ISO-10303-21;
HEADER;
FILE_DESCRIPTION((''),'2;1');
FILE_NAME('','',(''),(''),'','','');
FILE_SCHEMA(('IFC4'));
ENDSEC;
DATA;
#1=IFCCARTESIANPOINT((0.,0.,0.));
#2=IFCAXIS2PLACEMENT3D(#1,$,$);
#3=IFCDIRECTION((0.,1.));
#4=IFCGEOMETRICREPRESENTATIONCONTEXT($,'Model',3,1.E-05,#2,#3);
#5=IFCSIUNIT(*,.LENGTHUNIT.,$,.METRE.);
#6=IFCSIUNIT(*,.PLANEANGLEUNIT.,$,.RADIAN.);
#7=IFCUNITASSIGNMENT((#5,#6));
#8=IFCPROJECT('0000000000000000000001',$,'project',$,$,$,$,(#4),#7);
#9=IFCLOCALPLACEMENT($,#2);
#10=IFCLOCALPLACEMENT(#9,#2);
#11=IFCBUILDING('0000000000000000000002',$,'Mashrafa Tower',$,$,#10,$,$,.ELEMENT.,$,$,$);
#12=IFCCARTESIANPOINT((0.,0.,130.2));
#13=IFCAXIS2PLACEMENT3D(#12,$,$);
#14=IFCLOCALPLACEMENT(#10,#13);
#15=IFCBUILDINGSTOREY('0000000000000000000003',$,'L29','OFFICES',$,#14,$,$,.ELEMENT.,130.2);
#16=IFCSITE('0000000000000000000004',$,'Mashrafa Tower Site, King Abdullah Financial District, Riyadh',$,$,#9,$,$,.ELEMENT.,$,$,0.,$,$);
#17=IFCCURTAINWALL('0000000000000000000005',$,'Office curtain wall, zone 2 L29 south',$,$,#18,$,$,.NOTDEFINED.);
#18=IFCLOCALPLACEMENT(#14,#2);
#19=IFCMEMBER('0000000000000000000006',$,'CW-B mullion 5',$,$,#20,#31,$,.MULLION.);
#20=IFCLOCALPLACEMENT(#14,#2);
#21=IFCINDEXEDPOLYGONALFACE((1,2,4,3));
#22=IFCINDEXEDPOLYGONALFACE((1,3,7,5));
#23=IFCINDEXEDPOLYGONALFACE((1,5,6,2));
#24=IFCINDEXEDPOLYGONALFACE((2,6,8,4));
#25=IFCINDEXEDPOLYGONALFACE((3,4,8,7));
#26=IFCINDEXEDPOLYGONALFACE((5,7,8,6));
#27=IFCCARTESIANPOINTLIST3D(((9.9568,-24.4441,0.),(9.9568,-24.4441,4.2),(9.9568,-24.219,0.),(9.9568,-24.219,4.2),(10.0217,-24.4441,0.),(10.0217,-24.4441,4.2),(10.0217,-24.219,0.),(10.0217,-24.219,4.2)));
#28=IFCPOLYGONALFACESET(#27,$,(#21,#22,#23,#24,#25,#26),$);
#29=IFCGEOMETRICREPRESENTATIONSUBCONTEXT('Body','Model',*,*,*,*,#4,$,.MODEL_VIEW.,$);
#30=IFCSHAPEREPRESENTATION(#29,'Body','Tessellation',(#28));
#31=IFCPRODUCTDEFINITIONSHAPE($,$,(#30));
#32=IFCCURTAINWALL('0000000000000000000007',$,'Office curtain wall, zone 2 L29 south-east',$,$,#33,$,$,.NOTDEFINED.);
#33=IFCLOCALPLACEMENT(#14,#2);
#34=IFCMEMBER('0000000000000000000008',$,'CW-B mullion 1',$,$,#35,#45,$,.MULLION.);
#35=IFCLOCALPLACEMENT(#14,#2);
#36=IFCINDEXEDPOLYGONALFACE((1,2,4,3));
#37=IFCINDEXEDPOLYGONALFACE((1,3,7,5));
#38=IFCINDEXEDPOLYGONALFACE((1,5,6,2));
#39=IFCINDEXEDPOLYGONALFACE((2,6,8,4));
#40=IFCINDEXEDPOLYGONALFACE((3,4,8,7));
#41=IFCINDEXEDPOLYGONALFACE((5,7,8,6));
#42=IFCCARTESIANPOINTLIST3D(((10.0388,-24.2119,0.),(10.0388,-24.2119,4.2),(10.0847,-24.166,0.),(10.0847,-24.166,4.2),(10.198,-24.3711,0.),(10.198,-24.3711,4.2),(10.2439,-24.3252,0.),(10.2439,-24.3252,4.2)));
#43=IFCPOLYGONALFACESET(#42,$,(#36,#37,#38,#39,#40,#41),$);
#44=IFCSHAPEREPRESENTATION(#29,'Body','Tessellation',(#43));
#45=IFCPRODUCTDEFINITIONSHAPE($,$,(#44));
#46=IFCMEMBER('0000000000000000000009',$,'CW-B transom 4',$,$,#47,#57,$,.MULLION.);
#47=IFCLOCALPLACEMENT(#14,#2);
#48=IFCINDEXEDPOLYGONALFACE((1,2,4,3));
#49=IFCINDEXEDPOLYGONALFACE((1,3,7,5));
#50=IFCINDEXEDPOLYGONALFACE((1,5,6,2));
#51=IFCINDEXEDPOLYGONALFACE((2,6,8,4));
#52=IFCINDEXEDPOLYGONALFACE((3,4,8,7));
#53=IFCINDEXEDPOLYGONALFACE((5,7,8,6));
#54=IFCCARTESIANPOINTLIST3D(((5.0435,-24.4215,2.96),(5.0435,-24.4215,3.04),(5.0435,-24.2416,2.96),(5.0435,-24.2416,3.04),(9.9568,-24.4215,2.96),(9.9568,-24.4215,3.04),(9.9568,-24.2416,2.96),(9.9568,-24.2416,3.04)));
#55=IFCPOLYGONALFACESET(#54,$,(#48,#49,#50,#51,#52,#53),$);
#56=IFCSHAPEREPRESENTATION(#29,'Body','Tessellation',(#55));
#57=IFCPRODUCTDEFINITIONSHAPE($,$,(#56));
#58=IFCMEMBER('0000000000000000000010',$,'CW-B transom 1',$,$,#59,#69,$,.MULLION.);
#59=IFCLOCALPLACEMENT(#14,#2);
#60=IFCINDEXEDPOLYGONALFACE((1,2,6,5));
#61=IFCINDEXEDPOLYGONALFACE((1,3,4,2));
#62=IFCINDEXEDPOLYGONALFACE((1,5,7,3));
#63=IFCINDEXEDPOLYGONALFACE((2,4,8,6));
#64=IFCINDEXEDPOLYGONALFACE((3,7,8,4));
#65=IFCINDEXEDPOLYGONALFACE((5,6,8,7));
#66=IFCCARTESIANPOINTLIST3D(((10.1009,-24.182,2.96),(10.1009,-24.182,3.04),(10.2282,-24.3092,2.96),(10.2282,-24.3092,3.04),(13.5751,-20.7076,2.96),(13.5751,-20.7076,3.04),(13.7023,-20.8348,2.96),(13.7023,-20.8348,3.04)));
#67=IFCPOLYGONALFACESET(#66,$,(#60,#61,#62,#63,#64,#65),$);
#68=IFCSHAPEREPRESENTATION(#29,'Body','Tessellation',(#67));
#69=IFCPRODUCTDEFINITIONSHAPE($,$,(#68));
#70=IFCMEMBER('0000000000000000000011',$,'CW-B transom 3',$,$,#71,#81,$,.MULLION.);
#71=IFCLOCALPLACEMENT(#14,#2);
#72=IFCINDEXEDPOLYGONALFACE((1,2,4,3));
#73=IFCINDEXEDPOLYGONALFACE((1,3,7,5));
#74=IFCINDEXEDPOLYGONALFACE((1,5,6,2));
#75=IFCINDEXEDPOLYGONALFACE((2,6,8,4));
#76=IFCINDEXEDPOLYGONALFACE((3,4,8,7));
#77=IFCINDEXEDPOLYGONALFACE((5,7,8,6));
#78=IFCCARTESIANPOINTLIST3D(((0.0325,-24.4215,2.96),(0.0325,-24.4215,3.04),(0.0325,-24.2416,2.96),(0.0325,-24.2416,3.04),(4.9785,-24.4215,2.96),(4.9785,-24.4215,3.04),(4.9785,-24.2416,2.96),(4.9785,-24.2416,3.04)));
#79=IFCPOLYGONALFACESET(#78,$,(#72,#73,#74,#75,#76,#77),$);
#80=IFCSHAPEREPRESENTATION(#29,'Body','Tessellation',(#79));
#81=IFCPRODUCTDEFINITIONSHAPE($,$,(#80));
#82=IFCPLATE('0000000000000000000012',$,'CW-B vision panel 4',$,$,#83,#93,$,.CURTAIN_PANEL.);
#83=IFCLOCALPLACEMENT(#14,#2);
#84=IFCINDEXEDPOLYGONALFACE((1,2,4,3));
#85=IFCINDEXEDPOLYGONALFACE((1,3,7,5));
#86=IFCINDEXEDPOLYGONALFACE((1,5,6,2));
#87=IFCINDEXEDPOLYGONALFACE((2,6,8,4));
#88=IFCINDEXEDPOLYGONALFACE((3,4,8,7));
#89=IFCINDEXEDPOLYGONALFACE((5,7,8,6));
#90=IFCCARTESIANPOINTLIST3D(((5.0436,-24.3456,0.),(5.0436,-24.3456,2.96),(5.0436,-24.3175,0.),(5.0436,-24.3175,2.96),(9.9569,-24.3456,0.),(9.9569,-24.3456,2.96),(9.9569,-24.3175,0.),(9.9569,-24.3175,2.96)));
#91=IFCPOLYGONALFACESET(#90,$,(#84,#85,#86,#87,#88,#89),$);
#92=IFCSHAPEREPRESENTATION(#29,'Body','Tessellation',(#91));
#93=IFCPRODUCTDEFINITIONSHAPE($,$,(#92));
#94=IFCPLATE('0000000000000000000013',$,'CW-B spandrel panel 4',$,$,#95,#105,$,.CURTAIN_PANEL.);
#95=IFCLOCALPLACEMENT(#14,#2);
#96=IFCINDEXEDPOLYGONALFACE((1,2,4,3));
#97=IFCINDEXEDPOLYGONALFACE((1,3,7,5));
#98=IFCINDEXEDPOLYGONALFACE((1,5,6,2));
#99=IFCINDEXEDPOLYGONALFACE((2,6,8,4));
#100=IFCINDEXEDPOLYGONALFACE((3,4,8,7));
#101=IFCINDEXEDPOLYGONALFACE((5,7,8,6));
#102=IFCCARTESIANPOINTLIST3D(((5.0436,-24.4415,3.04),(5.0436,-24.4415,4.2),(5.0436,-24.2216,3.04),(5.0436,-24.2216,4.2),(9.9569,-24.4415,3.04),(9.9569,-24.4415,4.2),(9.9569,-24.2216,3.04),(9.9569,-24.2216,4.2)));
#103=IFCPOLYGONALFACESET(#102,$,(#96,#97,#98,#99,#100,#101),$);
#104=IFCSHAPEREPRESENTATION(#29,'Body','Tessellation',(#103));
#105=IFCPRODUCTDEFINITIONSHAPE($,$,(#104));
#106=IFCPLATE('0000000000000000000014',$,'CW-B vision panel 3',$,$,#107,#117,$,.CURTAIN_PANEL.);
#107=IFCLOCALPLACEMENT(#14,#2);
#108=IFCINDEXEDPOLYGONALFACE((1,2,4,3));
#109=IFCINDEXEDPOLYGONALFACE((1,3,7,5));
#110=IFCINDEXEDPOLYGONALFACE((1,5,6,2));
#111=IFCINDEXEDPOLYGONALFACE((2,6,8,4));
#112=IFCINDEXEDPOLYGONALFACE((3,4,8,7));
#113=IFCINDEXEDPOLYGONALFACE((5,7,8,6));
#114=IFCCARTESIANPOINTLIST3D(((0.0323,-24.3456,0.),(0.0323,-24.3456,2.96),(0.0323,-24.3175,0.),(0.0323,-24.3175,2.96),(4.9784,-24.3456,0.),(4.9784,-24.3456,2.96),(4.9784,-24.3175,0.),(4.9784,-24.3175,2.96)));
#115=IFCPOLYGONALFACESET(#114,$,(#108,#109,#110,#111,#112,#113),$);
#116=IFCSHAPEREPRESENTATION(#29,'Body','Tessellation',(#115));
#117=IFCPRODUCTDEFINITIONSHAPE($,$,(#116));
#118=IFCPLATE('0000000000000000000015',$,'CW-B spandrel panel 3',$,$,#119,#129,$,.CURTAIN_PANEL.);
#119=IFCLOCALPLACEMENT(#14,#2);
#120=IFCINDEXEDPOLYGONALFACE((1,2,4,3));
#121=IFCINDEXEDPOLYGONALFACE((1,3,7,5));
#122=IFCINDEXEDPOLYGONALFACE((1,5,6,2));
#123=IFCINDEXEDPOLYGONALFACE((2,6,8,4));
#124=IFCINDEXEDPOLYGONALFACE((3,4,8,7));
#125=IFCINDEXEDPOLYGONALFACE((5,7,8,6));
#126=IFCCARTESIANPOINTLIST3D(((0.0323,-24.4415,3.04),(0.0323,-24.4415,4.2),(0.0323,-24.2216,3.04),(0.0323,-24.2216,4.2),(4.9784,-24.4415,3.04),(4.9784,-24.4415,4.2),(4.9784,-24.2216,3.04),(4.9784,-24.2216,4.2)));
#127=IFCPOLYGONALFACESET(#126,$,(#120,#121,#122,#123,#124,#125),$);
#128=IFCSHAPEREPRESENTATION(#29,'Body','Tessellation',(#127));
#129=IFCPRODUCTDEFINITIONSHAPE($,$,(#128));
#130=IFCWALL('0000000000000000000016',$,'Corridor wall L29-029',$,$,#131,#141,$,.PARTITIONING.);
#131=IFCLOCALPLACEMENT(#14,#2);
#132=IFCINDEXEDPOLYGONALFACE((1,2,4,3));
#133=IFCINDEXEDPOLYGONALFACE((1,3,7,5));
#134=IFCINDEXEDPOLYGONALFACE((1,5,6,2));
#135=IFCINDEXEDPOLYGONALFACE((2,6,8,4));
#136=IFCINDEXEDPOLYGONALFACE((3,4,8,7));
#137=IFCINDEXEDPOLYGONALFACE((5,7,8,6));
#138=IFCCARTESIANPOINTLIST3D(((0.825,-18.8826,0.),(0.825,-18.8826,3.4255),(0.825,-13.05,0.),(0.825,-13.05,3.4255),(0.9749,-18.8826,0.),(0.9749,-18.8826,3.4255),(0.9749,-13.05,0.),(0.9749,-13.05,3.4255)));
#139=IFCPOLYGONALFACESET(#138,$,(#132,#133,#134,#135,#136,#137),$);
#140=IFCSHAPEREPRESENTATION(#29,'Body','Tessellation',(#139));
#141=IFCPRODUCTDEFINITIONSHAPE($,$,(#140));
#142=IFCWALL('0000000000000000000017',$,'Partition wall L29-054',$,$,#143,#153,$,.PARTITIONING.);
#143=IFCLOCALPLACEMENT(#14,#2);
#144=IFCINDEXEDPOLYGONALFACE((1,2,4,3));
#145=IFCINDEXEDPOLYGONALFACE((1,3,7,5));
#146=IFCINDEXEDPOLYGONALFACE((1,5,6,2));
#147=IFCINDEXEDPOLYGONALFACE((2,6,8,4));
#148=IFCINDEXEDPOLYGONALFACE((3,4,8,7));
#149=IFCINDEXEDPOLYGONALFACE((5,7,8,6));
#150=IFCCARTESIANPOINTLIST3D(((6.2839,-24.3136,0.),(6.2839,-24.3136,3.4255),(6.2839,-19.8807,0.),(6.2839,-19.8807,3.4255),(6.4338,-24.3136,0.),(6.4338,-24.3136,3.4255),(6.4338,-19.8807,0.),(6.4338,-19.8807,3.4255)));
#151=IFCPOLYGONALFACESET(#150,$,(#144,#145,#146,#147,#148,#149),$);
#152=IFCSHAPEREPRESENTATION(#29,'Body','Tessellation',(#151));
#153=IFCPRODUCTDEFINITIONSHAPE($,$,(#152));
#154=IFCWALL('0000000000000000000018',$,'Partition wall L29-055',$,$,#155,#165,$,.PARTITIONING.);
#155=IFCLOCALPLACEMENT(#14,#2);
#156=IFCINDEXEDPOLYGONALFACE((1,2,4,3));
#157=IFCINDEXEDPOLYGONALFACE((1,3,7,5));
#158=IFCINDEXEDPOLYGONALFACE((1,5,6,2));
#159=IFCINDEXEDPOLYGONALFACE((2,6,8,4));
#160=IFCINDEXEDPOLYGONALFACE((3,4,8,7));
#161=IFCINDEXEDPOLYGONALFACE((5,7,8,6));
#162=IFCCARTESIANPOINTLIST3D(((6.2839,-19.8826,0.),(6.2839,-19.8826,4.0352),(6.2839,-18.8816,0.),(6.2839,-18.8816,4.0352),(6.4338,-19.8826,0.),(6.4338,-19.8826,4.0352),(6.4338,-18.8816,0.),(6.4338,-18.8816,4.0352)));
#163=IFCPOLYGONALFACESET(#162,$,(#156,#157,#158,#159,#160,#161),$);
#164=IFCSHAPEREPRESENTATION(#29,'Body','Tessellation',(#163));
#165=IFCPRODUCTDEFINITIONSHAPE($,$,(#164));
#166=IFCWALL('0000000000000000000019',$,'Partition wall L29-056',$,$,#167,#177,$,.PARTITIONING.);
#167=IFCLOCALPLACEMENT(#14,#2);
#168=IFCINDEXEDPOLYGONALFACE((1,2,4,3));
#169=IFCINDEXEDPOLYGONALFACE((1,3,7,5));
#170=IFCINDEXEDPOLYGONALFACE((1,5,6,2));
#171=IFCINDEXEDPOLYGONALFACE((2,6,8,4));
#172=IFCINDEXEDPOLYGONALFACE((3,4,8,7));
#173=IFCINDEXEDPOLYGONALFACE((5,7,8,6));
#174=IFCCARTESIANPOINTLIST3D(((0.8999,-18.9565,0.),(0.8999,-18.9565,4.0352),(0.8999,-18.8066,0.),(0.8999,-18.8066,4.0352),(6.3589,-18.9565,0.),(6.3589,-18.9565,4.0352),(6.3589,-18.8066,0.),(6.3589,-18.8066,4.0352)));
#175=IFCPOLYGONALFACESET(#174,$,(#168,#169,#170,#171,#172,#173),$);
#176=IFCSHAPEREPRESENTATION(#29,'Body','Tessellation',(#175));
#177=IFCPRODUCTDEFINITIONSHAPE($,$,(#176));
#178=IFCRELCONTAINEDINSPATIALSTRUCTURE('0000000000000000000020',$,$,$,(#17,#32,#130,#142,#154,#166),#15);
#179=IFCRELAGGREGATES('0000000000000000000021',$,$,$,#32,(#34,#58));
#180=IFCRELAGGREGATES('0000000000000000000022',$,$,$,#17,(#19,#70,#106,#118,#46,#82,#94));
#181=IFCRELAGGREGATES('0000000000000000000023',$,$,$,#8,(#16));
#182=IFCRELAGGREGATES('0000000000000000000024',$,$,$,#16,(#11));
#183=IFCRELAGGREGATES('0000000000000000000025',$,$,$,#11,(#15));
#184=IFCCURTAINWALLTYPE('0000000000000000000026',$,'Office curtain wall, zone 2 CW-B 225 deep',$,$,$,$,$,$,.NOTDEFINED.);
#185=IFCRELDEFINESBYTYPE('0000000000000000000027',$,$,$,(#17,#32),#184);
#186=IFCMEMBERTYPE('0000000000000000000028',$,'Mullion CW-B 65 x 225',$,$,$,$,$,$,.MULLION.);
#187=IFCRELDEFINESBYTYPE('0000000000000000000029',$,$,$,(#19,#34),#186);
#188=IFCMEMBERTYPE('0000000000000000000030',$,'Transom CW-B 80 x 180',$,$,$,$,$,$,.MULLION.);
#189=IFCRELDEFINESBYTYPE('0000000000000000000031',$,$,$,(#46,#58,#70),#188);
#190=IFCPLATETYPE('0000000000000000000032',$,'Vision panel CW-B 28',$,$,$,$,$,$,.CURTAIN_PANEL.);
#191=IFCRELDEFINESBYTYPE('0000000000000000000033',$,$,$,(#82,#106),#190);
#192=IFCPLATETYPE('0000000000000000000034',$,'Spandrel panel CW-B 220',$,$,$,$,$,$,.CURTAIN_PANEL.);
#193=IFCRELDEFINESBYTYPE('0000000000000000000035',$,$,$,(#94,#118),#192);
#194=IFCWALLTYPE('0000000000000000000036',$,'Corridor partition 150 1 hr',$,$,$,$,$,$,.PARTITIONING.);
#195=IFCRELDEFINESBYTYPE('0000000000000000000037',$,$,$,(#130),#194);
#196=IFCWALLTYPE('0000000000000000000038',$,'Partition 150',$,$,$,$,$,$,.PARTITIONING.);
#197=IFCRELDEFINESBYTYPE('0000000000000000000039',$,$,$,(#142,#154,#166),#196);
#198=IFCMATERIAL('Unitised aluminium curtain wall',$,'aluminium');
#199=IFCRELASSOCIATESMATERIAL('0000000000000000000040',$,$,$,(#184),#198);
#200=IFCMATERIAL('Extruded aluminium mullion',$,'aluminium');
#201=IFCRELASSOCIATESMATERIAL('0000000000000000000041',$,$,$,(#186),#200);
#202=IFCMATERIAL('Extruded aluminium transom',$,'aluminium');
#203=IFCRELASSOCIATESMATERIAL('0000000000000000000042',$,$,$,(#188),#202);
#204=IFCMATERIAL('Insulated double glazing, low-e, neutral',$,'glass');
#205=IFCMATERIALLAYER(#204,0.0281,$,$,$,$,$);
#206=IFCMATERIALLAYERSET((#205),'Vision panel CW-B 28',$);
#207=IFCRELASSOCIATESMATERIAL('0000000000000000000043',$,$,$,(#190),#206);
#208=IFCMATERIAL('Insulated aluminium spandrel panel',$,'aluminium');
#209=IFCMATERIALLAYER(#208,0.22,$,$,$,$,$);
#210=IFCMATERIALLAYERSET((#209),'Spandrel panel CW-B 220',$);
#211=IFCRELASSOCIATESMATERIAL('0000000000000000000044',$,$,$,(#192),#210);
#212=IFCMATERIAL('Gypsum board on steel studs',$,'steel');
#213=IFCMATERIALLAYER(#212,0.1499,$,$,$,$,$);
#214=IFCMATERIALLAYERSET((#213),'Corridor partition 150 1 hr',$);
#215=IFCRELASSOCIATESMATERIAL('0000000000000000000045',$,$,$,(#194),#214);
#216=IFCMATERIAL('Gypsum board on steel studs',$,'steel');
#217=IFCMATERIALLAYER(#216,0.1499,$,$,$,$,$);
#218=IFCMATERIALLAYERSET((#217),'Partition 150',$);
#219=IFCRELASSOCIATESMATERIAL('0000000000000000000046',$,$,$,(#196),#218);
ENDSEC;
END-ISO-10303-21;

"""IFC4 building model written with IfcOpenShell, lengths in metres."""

from ifc_helpers import new_model, si_unit, direction, frame, frame_2d, origin, origin_2d, place, context, subcontext, project, spatial, rectangle, extrude, source, transform, mapped, material, layer, layer_set, material_profile, profile_set, type_object, type_shapes, element, aggregate, save


model = new_model("IFC4")

# Units and contexts
model_context = context("Model", 3, precision=1e-05, world=origin(), true_north=direction((0.0, 1.0)))
body_context = subcontext(model_context, "Body", "Model", "MODEL_VIEW")
ifc_project = project(units=[si_unit("LENGTHUNIT", "METRE"), si_unit("PLANEANGLEUNIT", "RADIAN")], contexts=[model_context])

# Site, building, storey
site_placement = place(None, origin())
site = spatial("IfcSite", under=ifc_project, at=site_placement, Name="Mashrafa Tower Site, King Abdullah Financial District, Riyadh", CompositionType="ELEMENT", RefElevation=0.0)
building_placement = place(site_placement, origin())
building = spatial("IfcBuilding", under=site, at=building_placement, Name="Mashrafa Tower", CompositionType="ELEMENT")
storey_placement = place(building_placement, frame((0.0, 0.0, 130.2)))
storey = spatial("IfcBuildingStorey", under=building, at=storey_placement, Name="L29", Description="OFFICES", CompositionType="ELEMENT", Elevation=130.2)

# Curtain wall, member
ifc_material_1 = material(Name="Unitised aluminium curtain wall", Category="aluminium")
curtain_wall_type = type_object("IfcCurtainWallType", Name="Office curtain wall, zone 2 CW-B 225 deep", PredefinedType="NOTDEFINED", material=ifc_material_1)
curtain_wall_1_placement = place(storey_placement, origin())
curtain_wall_1 = element("IfcCurtainWall", 1, at=curtain_wall_1_placement, inside=storey, type_object=curtain_wall_type, Name="Office curtain wall, zone 2 L29 south", PredefinedType="NOTDEFINED")
ifc_material_2 = material(Name="Extruded aluminium mullion", Category="aluminium")
ifc_material_profile_1 = material_profile(ifc_material_2, rectangle(XDim=0.2251, YDim=0.0649, at=origin_2d()), Name="Mullion 65x225")
ifc_profile_set_1 = profile_set([ifc_material_profile_1], Name="Extruded aluminium mullion")
member_type_1 = type_object("IfcMemberType", Name="Mullion CW-B 65 x 225", PredefinedType="MULLION", material=ifc_profile_set_1)
shared_shape_1 = source(origin(), body_context, "Body", "SweptSolid", [
    extrude(rectangle(XDim=0.2251, YDim=0.0649, at=origin_2d()), origin(), (0.0, 0.0, 1.0), 4.2),
])
type_shapes(member_type_1, [shared_shape_1])
member_1_placement = place(storey_placement, frame((9.9893, -24.3315, 0.0), z_axis=(0.0, 0.0, 1.0), x_axis=(0.0, 1.0, 0.0)))
member_1 = element("IfcMember", 2, at=member_1_placement, type_object=member_type_1, Name="CW-B mullion 5", PredefinedType="MULLION", context=body_context, shape_type="MappedRepresentation", body=[
    mapped(shared_shape_1, transform((0.0, 0.0, 0.0))),
])

# Curtain wall, member
curtain_wall_2_placement = place(storey_placement, origin())
curtain_wall_2 = element("IfcCurtainWall", 3, at=curtain_wall_2_placement, inside=storey, type_object=curtain_wall_type, Name="Office curtain wall, zone 2 L29 south-east", PredefinedType="NOTDEFINED")
member_2_placement = place(storey_placement, frame((10.1414, -24.2686, 0.0), z_axis=(0.0, 0.0, 1.0), x_axis=(-0.707107, 0.707107, 0.0)))
member_2 = element("IfcMember", 4, at=member_2_placement, type_object=member_type_1, Name="CW-B mullion 1", PredefinedType="MULLION", context=body_context, shape_type="MappedRepresentation", body=[
    mapped(shared_shape_1, transform((0.0, 0.0, 0.0))),
])

# Members
ifc_material_3 = material(Name="Extruded aluminium transom", Category="aluminium")
ifc_material_profile_2 = material_profile(ifc_material_3, rectangle(XDim=0.1799, YDim=0.0801, at=origin_2d()), Name="Transom 80x180")
ifc_profile_set_2 = profile_set([ifc_material_profile_2], Name="Extruded aluminium transom")
member_type_2 = type_object("IfcMemberType", Name="Transom CW-B 80 x 180", PredefinedType="MULLION", material=ifc_profile_set_2)
shared_shape_2 = source(origin(), body_context, "Body", "SweptSolid", [
    extrude(rectangle(XDim=0.1799, YDim=0.0801, at=origin_2d()), origin(), (0.0, 0.0, 1.0), 4.9133),
])
member_3_placement = place(storey_placement, frame((5.0435, -24.3315, 3.0), z_axis=(1.0, 0.0, 0.0), x_axis=(0.0, 1.0, 0.0)))
member_3 = element("IfcMember", 5, at=member_3_placement, type_object=member_type_2, Name="CW-B transom 4", PredefinedType="MULLION", context=body_context, shape_type="MappedRepresentation", body=[
    mapped(shared_shape_2, transform((0.0, 0.0, 0.0))),
])
member_4_placement = place(storey_placement, frame((10.1646, -24.2456, 3.0), z_axis=(0.707082, 0.707132, 0.0), x_axis=(-0.707132, 0.707082, 0.0)))
member_4 = element("IfcMember", 6, at=member_4_placement, type_object=member_type_2, Name="CW-B transom 1", PredefinedType="MULLION", context=body_context, shape_type="MappedRepresentation", body=[
    mapped(shared_shape_2, transform((0.0, 0.0, 0.0))),
])
aggregate(curtain_wall_2, [member_2, member_4])
shared_shape_3 = source(origin(), body_context, "Body", "SweptSolid", [
    extrude(rectangle(XDim=0.1799, YDim=0.0801, at=origin_2d()), origin(), (0.0, 0.0, 1.0), 4.946),
])
type_shapes(member_type_2, [shared_shape_2, shared_shape_3])
member_5_placement = place(storey_placement, frame((0.0325, -24.3315, 3.0), z_axis=(1.0, 0.0, 0.0), x_axis=(0.0, 1.0, 0.0)))
member_5 = element("IfcMember", 7, at=member_5_placement, type_object=member_type_2, Name="CW-B transom 3", PredefinedType="MULLION", context=body_context, shape_type="MappedRepresentation", body=[
    mapped(shared_shape_3, transform((0.0, 0.0, 0.0))),
])

# Plates
ifc_material_4 = material(Name="Insulated double glazing, low-e, neutral", Category="glass")
ifc_layer_1 = layer(ifc_material_4, 0.0281)
ifc_layer_set_1 = layer_set([ifc_layer_1], Name="Vision panel CW-B 28")
plate_type_1 = type_object("IfcPlateType", Name="Vision panel CW-B 28", PredefinedType="CURTAIN_PANEL", material=ifc_layer_set_1)
shared_shape_4 = source(origin(), body_context, "Body", "SweptSolid", [
    extrude(rectangle(XDim=4.9133, YDim=0.0281, at=origin_2d()), origin(), (0.0, 0.0, 1.0), 2.96),
])
plate_1_placement = place(storey_placement, frame((7.5002, -24.3315, 0.0), z_axis=(0.0, 0.0, 1.0), x_axis=(1.0, 0.0, 0.0)))
plate_1 = element("IfcPlate", 8, at=plate_1_placement, type_object=plate_type_1, Name="CW-B vision panel 4", PredefinedType="CURTAIN_PANEL", context=body_context, shape_type="MappedRepresentation", body=[
    mapped(shared_shape_4, transform((0.0, 0.0, 0.0))),
])
ifc_material_5 = material(Name="Insulated aluminium spandrel panel", Category="aluminium")
ifc_layer_2 = layer(ifc_material_5, 0.22)
ifc_layer_set_2 = layer_set([ifc_layer_2], Name="Spandrel panel CW-B 220")
plate_type_2 = type_object("IfcPlateType", Name="Spandrel panel CW-B 220", PredefinedType="CURTAIN_PANEL", material=ifc_layer_set_2)
shared_shape_5 = source(origin(), body_context, "Body", "SweptSolid", [
    extrude(rectangle(XDim=4.9133, YDim=0.22, at=origin_2d()), origin(), (0.0, 0.0, 1.0), 1.1599),
])
plate_2_placement = place(storey_placement, frame((7.5002, -24.3315, 3.04), z_axis=(0.0, 0.0, 1.0), x_axis=(1.0, 0.0, 0.0)))
plate_2 = element("IfcPlate", 9, at=plate_2_placement, type_object=plate_type_2, Name="CW-B spandrel panel 4", PredefinedType="CURTAIN_PANEL", context=body_context, shape_type="MappedRepresentation", body=[
    mapped(shared_shape_5, transform((0.0, 0.0, 0.0))),
])
shared_shape_6 = source(origin(), body_context, "Body", "SweptSolid", [
    extrude(rectangle(XDim=4.946, YDim=0.0281, at=origin_2d()), origin(), (0.0, 0.0, 1.0), 2.96),
])
type_shapes(plate_type_1, [shared_shape_4, shared_shape_6])
plate_3_placement = place(storey_placement, frame((2.5054, -24.3315, 0.0), z_axis=(0.0, 0.0, 1.0), x_axis=(1.0, 0.0, 0.0)))
plate_3 = element("IfcPlate", 10, at=plate_3_placement, type_object=plate_type_1, Name="CW-B vision panel 3", PredefinedType="CURTAIN_PANEL", context=body_context, shape_type="MappedRepresentation", body=[
    mapped(shared_shape_6, transform((0.0, 0.0, 0.0))),
])
shared_shape_7 = source(origin(), body_context, "Body", "SweptSolid", [
    extrude(rectangle(XDim=4.946, YDim=0.22, at=origin_2d()), origin(), (0.0, 0.0, 1.0), 1.1599),
])
type_shapes(plate_type_2, [shared_shape_5, shared_shape_7])
plate_4_placement = place(storey_placement, frame((2.5054, -24.3315, 3.04), z_axis=(0.0, 0.0, 1.0), x_axis=(1.0, 0.0, 0.0)))
plate_4 = element("IfcPlate", 11, at=plate_4_placement, type_object=plate_type_2, Name="CW-B spandrel panel 3", PredefinedType="CURTAIN_PANEL", context=body_context, shape_type="MappedRepresentation", body=[
    mapped(shared_shape_7, transform((0.0, 0.0, 0.0))),
])
aggregate(curtain_wall_1, [member_1, member_5, plate_3, plate_4, member_3, plate_1, plate_2])

# Shared definitions
ifc_material_6 = material(Name="Gypsum board on steel studs", Category="steel")
ifc_layer_3 = layer(ifc_material_6, 0.1499)
ifc_layer_set_3 = layer_set([ifc_layer_3], Name="Corridor partition 150 1 hr")
wall_type_1 = type_object("IfcWallType", Name="Corridor partition 150 1 hr", PredefinedType="PARTITIONING", material=ifc_layer_set_3)

# Walls
wall_1_placement = place(storey_placement, frame((0.8999, -18.8826, 0.0), z_axis=(0.0, 0.0, 1.0), x_axis=(0.0, 1.0, 0.0)))
element("IfcWall", 12, at=wall_1_placement, inside=storey, type_object=wall_type_1, Name="Corridor wall L29-029", PredefinedType="PARTITIONING", context=body_context, shape_type="SweptSolid", body=[
    extrude(rectangle(XDim=5.8325, YDim=0.1499, at=frame_2d((2.9163, 0.0))), origin(), (0.0, 0.0, 1.0), 3.4255),
])
ifc_material_7 = material(Name="Gypsum board on steel studs", Category="steel")
ifc_layer_4 = layer(ifc_material_7, 0.1499)
ifc_layer_set_4 = layer_set([ifc_layer_4], Name="Partition 150")
wall_type_2 = type_object("IfcWallType", Name="Partition 150", PredefinedType="PARTITIONING", material=ifc_layer_set_4)
wall_2_placement = place(storey_placement, frame((6.3589, -24.3135, 0.0), z_axis=(0.0, 0.0, 1.0), x_axis=(0.0, 1.0, 0.0)))
element("IfcWall", 13, at=wall_2_placement, inside=storey, type_object=wall_type_2, Name="Partition wall L29-054", PredefinedType="PARTITIONING", context=body_context, shape_type="SweptSolid", body=[
    extrude(rectangle(XDim=4.4329, YDim=0.1499, at=frame_2d((2.2163, 0.0))), origin(), (0.0, 0.0, 1.0), 3.4255),
])
wall_3_placement = place(storey_placement, frame((6.3589, -19.8826, 0.0), z_axis=(0.0, 0.0, 1.0), x_axis=(0.0, 1.0, 0.0)))
element("IfcWall", 14, at=wall_3_placement, inside=storey, type_object=wall_type_2, Name="Partition wall L29-055", PredefinedType="PARTITIONING", context=body_context, shape_type="SweptSolid", body=[
    extrude(rectangle(XDim=1.001, YDim=0.1499, at=frame_2d((0.5005, 0.0))), origin(), (0.0, 0.0, 1.0), 4.0352),
])
wall_4_placement = place(storey_placement, frame((6.3589, -18.8816, 0.0), z_axis=(0.0, 0.0, 1.0), x_axis=(-1.0, 0.0, 0.0)))
element("IfcWall", 15, at=wall_4_placement, inside=storey, type_object=wall_type_2, Name="Partition wall L29-056", PredefinedType="PARTITIONING", context=body_context, shape_type="SweptSolid", body=[
    extrude(rectangle(XDim=5.459, YDim=0.1499, at=frame_2d((2.7295, 0.0))), origin(), (0.0, 0.0, 1.0), 4.0352),
])

save(model, "model.ifc")
